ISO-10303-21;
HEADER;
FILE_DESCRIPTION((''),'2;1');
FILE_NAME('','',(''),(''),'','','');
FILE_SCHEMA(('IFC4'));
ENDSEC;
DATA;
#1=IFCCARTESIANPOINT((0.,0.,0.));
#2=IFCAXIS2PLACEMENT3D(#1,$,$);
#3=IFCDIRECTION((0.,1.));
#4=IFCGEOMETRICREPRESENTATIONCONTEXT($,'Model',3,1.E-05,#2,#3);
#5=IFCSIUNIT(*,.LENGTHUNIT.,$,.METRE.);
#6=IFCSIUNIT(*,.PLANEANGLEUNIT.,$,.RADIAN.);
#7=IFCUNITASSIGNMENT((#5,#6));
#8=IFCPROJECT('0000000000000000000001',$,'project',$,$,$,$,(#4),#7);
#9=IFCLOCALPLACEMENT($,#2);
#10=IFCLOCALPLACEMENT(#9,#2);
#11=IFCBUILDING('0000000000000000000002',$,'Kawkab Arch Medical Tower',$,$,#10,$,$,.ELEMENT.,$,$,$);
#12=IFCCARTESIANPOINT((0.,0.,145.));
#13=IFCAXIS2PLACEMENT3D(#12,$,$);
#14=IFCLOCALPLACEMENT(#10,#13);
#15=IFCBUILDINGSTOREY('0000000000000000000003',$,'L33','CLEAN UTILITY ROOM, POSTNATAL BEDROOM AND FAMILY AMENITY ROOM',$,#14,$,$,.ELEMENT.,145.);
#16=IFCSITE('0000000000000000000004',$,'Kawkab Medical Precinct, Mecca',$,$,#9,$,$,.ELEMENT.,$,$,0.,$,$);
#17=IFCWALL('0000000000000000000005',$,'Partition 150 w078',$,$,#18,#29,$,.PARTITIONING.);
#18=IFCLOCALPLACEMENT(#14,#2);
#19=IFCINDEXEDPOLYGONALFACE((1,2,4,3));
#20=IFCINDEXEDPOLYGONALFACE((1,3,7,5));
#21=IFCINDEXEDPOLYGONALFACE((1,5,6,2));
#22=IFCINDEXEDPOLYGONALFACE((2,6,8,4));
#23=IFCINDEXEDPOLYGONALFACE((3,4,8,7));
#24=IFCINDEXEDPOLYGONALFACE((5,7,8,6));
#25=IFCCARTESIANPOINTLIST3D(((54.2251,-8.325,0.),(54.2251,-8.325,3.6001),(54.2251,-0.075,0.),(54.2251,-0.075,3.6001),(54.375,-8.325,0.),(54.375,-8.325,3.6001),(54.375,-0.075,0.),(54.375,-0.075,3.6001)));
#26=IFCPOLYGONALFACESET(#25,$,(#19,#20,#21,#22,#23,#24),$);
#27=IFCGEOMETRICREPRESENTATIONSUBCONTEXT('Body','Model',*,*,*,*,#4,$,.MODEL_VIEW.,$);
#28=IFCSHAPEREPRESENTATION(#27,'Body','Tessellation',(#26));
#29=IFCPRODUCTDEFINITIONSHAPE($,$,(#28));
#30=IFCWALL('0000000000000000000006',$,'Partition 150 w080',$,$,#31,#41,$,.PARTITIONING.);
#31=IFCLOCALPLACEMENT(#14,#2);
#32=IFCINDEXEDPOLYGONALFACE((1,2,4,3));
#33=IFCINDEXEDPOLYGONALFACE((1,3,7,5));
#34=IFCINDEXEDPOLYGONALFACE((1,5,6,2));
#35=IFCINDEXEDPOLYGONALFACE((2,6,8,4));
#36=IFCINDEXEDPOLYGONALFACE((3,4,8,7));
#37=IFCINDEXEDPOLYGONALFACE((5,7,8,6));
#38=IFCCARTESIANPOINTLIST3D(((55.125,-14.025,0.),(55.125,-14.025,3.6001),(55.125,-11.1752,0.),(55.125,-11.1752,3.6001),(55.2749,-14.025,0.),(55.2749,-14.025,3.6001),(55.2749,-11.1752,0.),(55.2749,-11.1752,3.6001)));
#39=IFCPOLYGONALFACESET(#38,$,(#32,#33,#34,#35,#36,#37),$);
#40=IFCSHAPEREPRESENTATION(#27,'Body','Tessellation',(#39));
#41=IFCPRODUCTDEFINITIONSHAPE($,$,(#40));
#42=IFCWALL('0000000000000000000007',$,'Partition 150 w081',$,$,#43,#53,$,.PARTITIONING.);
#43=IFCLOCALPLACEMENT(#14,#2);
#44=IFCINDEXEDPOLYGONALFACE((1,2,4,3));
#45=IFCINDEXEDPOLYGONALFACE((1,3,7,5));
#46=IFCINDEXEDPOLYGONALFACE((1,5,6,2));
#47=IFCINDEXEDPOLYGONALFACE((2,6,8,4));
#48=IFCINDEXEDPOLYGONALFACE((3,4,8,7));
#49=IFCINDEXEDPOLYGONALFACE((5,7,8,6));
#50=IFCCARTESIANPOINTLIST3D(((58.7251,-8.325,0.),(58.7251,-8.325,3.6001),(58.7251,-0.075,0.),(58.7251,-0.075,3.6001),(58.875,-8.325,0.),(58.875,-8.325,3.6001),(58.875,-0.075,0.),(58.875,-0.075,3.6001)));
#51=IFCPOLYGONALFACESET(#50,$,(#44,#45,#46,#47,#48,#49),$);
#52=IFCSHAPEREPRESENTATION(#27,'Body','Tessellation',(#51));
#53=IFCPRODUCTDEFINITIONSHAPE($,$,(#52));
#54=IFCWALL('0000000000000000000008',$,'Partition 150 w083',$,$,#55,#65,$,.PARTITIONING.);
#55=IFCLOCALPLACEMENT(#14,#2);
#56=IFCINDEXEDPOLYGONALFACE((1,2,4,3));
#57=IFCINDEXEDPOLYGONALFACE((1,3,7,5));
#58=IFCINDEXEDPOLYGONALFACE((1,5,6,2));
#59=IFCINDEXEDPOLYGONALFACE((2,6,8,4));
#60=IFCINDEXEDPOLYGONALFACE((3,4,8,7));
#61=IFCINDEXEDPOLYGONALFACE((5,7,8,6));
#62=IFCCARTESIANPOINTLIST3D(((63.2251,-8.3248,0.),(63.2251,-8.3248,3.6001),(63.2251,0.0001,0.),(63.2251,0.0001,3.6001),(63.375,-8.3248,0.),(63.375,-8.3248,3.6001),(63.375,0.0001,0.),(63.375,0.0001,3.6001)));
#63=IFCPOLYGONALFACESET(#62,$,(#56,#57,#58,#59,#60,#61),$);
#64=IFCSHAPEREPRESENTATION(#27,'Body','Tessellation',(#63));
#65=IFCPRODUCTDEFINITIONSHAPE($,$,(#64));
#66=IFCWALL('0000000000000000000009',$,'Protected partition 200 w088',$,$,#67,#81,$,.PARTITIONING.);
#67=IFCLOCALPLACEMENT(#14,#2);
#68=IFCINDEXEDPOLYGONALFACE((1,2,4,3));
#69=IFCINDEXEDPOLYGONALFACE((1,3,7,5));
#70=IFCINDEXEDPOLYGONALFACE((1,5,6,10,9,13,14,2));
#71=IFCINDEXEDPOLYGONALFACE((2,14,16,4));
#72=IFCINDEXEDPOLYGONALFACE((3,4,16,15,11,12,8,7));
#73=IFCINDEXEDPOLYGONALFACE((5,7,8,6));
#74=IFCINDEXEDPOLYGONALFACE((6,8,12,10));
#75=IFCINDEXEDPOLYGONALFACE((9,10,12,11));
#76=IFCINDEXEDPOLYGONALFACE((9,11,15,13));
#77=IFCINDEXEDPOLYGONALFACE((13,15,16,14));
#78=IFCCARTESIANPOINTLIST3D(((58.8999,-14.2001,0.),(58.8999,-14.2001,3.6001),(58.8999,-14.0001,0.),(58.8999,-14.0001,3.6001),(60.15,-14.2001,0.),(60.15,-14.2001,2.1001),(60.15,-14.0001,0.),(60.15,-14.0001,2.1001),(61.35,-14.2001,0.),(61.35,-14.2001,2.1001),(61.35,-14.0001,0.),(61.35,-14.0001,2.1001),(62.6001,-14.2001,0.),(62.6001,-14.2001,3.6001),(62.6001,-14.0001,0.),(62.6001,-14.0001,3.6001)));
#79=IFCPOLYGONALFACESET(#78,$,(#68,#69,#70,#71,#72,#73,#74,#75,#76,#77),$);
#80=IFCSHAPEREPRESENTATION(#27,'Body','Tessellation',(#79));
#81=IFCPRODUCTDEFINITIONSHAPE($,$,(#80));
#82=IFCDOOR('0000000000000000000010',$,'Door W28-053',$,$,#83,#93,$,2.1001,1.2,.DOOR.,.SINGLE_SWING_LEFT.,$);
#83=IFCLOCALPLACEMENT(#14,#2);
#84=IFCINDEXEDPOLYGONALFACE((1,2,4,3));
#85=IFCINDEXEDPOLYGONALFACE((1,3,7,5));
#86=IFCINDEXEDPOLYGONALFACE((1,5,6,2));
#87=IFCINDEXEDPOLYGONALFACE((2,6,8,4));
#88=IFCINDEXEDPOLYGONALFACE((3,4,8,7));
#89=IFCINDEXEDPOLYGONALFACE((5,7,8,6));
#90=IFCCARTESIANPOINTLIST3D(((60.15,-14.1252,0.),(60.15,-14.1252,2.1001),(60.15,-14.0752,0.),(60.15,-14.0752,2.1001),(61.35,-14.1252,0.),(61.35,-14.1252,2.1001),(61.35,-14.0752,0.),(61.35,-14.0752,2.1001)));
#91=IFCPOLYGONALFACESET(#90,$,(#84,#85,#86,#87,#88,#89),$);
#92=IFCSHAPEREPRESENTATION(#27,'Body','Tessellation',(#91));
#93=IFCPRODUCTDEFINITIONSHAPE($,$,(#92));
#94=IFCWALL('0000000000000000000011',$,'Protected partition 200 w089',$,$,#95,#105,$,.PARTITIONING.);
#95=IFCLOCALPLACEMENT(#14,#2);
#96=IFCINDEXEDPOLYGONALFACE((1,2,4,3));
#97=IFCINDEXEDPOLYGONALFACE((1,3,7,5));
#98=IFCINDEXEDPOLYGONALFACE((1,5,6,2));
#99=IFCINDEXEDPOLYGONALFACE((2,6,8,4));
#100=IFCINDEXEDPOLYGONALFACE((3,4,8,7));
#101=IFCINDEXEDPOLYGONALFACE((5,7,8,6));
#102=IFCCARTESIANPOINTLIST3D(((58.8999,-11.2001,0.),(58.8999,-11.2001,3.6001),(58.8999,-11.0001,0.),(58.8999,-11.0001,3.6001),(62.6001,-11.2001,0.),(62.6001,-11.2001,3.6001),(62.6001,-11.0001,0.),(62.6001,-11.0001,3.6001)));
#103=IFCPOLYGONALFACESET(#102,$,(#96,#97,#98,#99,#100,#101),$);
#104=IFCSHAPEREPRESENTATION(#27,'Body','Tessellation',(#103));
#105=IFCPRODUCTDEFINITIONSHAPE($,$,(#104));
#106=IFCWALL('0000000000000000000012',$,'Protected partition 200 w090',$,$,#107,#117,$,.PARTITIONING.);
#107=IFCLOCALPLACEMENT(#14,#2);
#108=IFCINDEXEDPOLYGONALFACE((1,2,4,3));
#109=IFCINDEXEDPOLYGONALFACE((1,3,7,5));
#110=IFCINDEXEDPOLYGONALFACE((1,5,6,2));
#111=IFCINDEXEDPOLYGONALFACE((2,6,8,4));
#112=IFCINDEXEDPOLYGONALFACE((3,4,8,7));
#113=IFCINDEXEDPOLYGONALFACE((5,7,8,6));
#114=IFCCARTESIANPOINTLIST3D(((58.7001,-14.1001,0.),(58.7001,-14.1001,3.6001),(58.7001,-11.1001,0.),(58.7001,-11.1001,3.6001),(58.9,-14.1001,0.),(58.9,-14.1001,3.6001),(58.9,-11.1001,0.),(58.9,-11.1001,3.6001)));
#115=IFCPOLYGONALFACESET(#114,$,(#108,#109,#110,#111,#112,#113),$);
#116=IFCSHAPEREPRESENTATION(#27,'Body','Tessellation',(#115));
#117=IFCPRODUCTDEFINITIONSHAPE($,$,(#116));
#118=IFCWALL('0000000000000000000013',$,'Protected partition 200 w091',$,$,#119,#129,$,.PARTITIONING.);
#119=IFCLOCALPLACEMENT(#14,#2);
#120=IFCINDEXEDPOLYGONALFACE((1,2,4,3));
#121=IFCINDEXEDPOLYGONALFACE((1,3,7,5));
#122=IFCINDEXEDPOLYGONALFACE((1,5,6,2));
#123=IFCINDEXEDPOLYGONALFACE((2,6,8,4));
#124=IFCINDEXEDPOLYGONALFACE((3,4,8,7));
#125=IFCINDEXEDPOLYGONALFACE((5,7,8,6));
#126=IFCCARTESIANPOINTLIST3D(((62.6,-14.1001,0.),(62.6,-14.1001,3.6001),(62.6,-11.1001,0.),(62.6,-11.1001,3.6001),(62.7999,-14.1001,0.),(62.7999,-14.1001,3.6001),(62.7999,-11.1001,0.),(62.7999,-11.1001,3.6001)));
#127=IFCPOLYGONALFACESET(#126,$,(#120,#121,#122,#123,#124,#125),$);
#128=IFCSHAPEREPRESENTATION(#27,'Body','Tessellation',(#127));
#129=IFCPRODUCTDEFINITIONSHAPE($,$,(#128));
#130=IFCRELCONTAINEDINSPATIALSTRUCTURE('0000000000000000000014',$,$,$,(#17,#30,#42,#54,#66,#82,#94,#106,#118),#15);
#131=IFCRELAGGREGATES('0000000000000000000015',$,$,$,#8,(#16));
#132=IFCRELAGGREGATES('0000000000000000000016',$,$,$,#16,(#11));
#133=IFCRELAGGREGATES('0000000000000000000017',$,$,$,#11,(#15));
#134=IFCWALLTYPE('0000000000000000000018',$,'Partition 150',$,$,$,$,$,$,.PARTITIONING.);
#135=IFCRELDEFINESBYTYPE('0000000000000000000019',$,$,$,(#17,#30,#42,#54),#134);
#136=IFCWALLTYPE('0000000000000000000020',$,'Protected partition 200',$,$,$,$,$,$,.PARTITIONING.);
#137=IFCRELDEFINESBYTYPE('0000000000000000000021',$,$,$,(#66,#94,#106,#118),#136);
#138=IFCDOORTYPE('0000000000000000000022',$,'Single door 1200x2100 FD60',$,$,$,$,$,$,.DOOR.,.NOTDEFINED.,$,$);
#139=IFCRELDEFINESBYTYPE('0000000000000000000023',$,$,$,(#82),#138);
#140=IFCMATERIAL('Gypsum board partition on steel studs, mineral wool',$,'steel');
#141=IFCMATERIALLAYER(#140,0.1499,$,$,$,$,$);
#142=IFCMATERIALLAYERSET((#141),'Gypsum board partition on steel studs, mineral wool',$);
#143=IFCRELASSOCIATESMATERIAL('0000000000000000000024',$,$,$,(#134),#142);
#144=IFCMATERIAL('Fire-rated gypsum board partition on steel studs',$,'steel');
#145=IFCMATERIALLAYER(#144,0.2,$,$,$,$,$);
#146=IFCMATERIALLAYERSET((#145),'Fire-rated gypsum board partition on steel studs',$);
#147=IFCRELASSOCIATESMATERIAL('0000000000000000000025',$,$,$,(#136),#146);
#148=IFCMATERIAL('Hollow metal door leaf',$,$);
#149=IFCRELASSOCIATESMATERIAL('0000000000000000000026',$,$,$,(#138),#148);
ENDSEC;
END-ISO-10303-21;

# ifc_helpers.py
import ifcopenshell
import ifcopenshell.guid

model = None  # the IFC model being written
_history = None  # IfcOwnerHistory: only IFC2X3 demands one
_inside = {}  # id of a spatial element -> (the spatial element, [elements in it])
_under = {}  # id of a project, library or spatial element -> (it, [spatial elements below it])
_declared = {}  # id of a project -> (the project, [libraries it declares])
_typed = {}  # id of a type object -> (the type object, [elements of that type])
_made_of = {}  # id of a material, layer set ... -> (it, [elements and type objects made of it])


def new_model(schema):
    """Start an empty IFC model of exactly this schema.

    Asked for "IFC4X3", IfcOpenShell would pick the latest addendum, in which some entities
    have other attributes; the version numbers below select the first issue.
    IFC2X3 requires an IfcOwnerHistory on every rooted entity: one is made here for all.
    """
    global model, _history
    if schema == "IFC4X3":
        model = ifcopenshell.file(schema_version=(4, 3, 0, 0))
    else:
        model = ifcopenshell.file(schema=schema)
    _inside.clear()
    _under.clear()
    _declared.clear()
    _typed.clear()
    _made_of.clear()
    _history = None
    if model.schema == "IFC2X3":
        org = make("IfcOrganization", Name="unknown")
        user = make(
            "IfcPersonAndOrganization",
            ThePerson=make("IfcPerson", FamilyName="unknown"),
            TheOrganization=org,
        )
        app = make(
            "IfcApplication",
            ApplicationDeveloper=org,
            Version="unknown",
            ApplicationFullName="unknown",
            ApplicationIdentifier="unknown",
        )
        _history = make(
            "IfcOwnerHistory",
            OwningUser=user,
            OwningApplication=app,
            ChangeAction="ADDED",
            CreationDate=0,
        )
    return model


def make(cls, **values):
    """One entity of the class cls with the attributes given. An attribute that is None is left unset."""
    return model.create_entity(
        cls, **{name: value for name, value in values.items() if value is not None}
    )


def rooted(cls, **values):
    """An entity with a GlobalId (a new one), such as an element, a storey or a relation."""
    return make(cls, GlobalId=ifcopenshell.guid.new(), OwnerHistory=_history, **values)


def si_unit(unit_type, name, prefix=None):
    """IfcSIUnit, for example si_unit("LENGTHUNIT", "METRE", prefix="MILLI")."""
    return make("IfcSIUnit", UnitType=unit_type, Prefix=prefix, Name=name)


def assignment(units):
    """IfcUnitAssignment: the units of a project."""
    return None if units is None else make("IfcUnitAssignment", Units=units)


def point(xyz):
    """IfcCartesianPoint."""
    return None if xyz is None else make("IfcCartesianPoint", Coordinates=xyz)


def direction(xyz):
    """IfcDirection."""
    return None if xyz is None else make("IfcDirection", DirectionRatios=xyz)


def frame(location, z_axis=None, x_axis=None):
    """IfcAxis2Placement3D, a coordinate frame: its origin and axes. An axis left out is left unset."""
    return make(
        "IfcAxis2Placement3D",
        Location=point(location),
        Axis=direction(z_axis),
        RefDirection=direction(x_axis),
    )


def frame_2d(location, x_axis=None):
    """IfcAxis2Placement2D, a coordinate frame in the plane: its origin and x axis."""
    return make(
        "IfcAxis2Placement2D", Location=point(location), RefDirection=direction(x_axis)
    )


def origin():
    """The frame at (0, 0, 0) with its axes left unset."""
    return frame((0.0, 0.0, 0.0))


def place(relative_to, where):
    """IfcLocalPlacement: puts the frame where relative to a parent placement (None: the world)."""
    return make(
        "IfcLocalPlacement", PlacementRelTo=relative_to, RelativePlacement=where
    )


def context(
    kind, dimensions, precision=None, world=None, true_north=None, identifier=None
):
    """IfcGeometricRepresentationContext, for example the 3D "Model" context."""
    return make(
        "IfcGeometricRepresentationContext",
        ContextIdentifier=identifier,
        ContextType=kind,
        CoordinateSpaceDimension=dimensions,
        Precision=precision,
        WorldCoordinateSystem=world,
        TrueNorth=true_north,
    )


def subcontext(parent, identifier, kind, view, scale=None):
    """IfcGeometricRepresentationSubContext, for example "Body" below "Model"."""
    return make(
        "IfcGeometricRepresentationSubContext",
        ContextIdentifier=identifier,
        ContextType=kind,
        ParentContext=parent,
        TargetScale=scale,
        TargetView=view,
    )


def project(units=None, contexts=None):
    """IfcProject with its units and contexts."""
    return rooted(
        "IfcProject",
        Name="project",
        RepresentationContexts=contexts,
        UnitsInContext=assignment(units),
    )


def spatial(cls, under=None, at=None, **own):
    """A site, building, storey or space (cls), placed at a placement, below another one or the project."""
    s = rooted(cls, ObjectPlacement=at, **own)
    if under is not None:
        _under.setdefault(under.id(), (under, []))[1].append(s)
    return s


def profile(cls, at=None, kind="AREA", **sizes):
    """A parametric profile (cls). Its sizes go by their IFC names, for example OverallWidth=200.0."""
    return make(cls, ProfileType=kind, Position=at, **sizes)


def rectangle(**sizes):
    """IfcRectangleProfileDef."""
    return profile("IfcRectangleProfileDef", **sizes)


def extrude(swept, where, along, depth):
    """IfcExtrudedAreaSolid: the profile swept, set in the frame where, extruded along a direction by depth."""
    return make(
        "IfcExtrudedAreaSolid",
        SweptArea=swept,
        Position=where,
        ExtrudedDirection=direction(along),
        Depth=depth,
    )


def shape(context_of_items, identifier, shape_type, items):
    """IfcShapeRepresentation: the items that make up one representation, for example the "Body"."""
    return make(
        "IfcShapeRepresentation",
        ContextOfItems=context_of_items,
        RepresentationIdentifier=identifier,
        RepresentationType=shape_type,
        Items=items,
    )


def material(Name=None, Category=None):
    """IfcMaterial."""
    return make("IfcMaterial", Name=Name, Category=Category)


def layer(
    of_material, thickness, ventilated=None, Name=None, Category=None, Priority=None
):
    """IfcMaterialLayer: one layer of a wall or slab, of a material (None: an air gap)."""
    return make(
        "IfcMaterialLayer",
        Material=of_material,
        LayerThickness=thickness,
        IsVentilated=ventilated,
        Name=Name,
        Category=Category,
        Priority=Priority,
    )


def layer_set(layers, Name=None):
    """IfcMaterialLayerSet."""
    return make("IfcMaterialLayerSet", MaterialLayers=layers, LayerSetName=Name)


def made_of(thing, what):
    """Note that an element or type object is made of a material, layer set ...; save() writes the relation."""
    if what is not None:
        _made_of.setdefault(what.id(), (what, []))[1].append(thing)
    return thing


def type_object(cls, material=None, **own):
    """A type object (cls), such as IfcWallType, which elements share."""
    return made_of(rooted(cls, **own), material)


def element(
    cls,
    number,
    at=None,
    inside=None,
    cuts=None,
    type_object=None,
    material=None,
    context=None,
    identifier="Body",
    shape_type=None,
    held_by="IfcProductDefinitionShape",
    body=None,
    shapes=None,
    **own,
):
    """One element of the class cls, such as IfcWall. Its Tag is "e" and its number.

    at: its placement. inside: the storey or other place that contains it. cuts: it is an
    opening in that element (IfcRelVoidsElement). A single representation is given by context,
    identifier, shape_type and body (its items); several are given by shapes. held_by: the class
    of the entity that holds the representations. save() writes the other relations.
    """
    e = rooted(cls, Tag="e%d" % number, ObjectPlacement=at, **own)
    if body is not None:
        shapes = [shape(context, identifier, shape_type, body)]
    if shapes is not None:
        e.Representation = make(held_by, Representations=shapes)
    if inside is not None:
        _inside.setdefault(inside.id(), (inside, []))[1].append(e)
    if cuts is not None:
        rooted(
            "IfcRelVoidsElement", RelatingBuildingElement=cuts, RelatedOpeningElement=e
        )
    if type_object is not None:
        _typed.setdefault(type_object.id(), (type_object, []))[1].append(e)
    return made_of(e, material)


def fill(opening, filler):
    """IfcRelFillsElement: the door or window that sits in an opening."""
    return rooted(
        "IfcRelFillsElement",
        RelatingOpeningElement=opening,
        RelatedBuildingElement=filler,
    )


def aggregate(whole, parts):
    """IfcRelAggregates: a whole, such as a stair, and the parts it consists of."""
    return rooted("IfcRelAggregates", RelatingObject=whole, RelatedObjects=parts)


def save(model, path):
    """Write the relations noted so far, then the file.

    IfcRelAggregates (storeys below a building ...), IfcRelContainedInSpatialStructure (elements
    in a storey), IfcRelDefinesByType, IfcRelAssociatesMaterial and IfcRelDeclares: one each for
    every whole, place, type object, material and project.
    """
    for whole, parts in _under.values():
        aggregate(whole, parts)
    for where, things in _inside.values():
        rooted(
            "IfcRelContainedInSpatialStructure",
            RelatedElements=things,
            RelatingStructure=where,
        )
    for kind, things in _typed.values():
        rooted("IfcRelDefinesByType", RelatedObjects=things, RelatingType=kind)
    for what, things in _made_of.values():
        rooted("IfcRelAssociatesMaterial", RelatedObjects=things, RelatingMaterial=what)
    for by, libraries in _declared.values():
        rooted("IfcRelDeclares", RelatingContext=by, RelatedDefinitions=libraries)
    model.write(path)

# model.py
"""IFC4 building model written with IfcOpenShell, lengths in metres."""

from ifc_helpers import new_model, si_unit, direction, frame, frame_2d, origin, place, context, subcontext, project, spatial, rectangle, extrude, material, layer, layer_set, type_object, element, fill, save


model = new_model("IFC4")

# Units and contexts
model_context = context("Model", 3, precision=1e-05, world=origin(), true_north=direction((0.0, 1.0)))
body_context = subcontext(model_context, "Body", "Model", "MODEL_VIEW")
ifc_project = project(units=[si_unit("LENGTHUNIT", "METRE"), si_unit("PLANEANGLEUNIT", "RADIAN")], contexts=[model_context])

# Site, building, storey
site_placement = place(None, origin())
site = spatial("IfcSite", under=ifc_project, at=site_placement, Name="Kawkab Medical Precinct, Mecca", CompositionType="ELEMENT", RefElevation=0.0)
building_placement = place(site_placement, origin())
building = spatial("IfcBuilding", under=site, at=building_placement, Name="Kawkab Arch Medical Tower", CompositionType="ELEMENT")
storey_placement = place(building_placement, frame((0.0, 0.0, 145.0)))
storey = spatial("IfcBuildingStorey", under=building, at=storey_placement, Name="L33", Description="CLEAN UTILITY ROOM, POSTNATAL BEDROOM AND FAMILY AMENITY ROOM", CompositionType="ELEMENT", Elevation=145.0)

# Shared definitions
ifc_material_1 = material(Name="Gypsum board partition on steel studs, mineral wool", Category="steel")
ifc_layer_1 = layer(ifc_material_1, 0.1499)
ifc_layer_set_1 = layer_set([ifc_layer_1], Name="Gypsum board partition on steel studs, mineral wool")
wall_type_1 = type_object("IfcWallType", Name="Partition 150", PredefinedType="PARTITIONING", material=ifc_layer_set_1)

# Walls
wall_1_placement = place(storey_placement, frame((54.3, -8.325, 0.0), z_axis=(0.0, 0.0, 1.0), x_axis=(0.0, 1.0, 0.0)))
element("IfcWall", 1, at=wall_1_placement, inside=storey, type_object=wall_type_1, Name="Partition 150 w078", PredefinedType="PARTITIONING", context=body_context, shape_type="SweptSolid", body=[
    extrude(rectangle(XDim=8.25, YDim=0.1499, at=frame_2d((4.125, 0.0))), origin(), (0.0, 0.0, 1.0), 3.6001),
])
wall_2_placement = place(storey_placement, frame((55.2, -14.0249, 0.0), z_axis=(0.0, 0.0, 1.0), x_axis=(0.0, 1.0, 0.0)))
element("IfcWall", 2, at=wall_2_placement, inside=storey, type_object=wall_type_1, Name="Partition 150 w080", PredefinedType="PARTITIONING", context=body_context, shape_type="SweptSolid", body=[
    extrude(rectangle(XDim=2.8499, YDim=0.1499, at=frame_2d((1.4248, 0.0))), origin(), (0.0, 0.0, 1.0), 3.6001),
])
wall_3_placement = place(storey_placement, frame((58.8, -8.325, 0.0), z_axis=(0.0, 0.0, 1.0), x_axis=(0.0, 1.0, 0.0)))
element("IfcWall", 3, at=wall_3_placement, inside=storey, type_object=wall_type_1, Name="Partition 150 w081", PredefinedType="PARTITIONING", context=body_context, shape_type="SweptSolid", body=[
    extrude(rectangle(XDim=8.25, YDim=0.1499, at=frame_2d((4.125, 0.0))), origin(), (0.0, 0.0, 1.0), 3.6001),
])
wall_4_placement = place(storey_placement, frame((63.3, -8.325, 0.0), z_axis=(0.0, 0.0, 1.0), x_axis=(0.0, 1.0, 0.0)))
element("IfcWall", 4, at=wall_4_placement, inside=storey, type_object=wall_type_1, Name="Partition 150 w083", PredefinedType="PARTITIONING", context=body_context, shape_type="SweptSolid", body=[
    extrude(rectangle(XDim=8.325, YDim=0.1499, at=frame_2d((4.1626, 0.0))), origin(), (0.0, 0.0, 1.0), 3.6001),
])

# Wall, opening, door
ifc_material_2 = material(Name="Fire-rated gypsum board partition on steel studs", Category="steel")
ifc_layer_2 = layer(ifc_material_2, 0.2)
ifc_layer_set_2 = layer_set([ifc_layer_2], Name="Fire-rated gypsum board partition on steel studs")
wall_type_2 = type_object("IfcWallType", Name="Protected partition 200", PredefinedType="PARTITIONING", material=ifc_layer_set_2)
wall_5_placement = place(storey_placement, frame((58.8999, -14.1001, 0.0), z_axis=(0.0, 0.0, 1.0), x_axis=(1.0, 0.0, 0.0)))
wall_5 = element("IfcWall", 5, at=wall_5_placement, inside=storey, type_object=wall_type_2, Name="Protected partition 200 w088", PredefinedType="PARTITIONING", context=body_context, shape_type="SweptSolid", body=[
    extrude(rectangle(XDim=3.7002, YDim=0.2, at=frame_2d((1.8501, 0.0))), origin(), (0.0, 0.0, 1.0), 3.6001),
])
opening_1_placement = place(wall_5_placement, frame((1.25, 0.0, 0.0)))
opening_1 = element("IfcOpeningElement", 6, at=opening_1_placement, cuts=wall_5, PredefinedType="OPENING", context=body_context, shape_type="SweptSolid", body=[
    extrude(rectangle(XDim=1.2, YDim=2.1001, at=frame_2d((0.6001, 1.05))), frame((0.0, 0.1099, 0.0), z_axis=(0.0, -1.0, 0.0), x_axis=(1.0, 0.0, 0.0)), (0.0, 0.0, 1.0), 0.22),
])
ifc_material_3 = material(Name="Hollow metal door leaf")
door_type_1 = type_object("IfcDoorType", Name="Single door 1200x2100 FD60", OperationType="NOTDEFINED", PredefinedType="DOOR", material=ifc_material_3)
door_1_placement = place(opening_1_placement, origin())
door_1 = element("IfcDoor", 7, at=door_1_placement, inside=storey, type_object=door_type_1, Name="Door W28-053", OperationType="SINGLE_SWING_LEFT", OverallHeight=2.1001, OverallWidth=1.2, PredefinedType="DOOR", context=body_context, shape_type="SweptSolid", body=[
    extrude(rectangle(XDim=1.2, YDim=2.1001, at=frame_2d((0.6001, 1.05))), frame((0.0, 0.0249, 0.0), z_axis=(0.0, -1.0, 0.0), x_axis=(1.0, 0.0, 0.0)), (0.0, 0.0, 1.0), 0.05),
])
fill(opening_1, door_1)

# Walls
wall_6_placement = place(storey_placement, frame((58.8999, -11.1001, 0.0), z_axis=(0.0, 0.0, 1.0), x_axis=(1.0, 0.0, 0.0)))
element("IfcWall", 8, at=wall_6_placement, inside=storey, type_object=wall_type_2, Name="Protected partition 200 w089", PredefinedType="PARTITIONING", context=body_context, shape_type="SweptSolid", body=[
    extrude(rectangle(XDim=3.7002, YDim=0.2, at=frame_2d((1.8501, 0.0))), origin(), (0.0, 0.0, 1.0), 3.6001),
])
for number, where, z_axis, x_axis, name in (
    (9, (58.8, -14.1001, 0.0), (0.0, 0.0, 1.0), (0.0, 1.0, 0.0), "Protected partition 200 w090"),
    (10, (62.7, -14.1001, 0.0), (0.0, 0.0, 1.0), (0.0, 1.0, 0.0), "Protected partition 200 w091"),
):
    element("IfcWall", number, at=place(storey_placement, frame(where, z_axis=z_axis, x_axis=x_axis)), inside=storey, type_object=wall_type_2, Name=name, PredefinedType="PARTITIONING", context=body_context, shape_type="SweptSolid", body=[
        extrude(rectangle(XDim=3.0, YDim=0.2, at=frame_2d((1.5, 0.0))), origin(), (0.0, 0.0, 1.0), 3.6001),
    ])

save(model, "model.ifc")
